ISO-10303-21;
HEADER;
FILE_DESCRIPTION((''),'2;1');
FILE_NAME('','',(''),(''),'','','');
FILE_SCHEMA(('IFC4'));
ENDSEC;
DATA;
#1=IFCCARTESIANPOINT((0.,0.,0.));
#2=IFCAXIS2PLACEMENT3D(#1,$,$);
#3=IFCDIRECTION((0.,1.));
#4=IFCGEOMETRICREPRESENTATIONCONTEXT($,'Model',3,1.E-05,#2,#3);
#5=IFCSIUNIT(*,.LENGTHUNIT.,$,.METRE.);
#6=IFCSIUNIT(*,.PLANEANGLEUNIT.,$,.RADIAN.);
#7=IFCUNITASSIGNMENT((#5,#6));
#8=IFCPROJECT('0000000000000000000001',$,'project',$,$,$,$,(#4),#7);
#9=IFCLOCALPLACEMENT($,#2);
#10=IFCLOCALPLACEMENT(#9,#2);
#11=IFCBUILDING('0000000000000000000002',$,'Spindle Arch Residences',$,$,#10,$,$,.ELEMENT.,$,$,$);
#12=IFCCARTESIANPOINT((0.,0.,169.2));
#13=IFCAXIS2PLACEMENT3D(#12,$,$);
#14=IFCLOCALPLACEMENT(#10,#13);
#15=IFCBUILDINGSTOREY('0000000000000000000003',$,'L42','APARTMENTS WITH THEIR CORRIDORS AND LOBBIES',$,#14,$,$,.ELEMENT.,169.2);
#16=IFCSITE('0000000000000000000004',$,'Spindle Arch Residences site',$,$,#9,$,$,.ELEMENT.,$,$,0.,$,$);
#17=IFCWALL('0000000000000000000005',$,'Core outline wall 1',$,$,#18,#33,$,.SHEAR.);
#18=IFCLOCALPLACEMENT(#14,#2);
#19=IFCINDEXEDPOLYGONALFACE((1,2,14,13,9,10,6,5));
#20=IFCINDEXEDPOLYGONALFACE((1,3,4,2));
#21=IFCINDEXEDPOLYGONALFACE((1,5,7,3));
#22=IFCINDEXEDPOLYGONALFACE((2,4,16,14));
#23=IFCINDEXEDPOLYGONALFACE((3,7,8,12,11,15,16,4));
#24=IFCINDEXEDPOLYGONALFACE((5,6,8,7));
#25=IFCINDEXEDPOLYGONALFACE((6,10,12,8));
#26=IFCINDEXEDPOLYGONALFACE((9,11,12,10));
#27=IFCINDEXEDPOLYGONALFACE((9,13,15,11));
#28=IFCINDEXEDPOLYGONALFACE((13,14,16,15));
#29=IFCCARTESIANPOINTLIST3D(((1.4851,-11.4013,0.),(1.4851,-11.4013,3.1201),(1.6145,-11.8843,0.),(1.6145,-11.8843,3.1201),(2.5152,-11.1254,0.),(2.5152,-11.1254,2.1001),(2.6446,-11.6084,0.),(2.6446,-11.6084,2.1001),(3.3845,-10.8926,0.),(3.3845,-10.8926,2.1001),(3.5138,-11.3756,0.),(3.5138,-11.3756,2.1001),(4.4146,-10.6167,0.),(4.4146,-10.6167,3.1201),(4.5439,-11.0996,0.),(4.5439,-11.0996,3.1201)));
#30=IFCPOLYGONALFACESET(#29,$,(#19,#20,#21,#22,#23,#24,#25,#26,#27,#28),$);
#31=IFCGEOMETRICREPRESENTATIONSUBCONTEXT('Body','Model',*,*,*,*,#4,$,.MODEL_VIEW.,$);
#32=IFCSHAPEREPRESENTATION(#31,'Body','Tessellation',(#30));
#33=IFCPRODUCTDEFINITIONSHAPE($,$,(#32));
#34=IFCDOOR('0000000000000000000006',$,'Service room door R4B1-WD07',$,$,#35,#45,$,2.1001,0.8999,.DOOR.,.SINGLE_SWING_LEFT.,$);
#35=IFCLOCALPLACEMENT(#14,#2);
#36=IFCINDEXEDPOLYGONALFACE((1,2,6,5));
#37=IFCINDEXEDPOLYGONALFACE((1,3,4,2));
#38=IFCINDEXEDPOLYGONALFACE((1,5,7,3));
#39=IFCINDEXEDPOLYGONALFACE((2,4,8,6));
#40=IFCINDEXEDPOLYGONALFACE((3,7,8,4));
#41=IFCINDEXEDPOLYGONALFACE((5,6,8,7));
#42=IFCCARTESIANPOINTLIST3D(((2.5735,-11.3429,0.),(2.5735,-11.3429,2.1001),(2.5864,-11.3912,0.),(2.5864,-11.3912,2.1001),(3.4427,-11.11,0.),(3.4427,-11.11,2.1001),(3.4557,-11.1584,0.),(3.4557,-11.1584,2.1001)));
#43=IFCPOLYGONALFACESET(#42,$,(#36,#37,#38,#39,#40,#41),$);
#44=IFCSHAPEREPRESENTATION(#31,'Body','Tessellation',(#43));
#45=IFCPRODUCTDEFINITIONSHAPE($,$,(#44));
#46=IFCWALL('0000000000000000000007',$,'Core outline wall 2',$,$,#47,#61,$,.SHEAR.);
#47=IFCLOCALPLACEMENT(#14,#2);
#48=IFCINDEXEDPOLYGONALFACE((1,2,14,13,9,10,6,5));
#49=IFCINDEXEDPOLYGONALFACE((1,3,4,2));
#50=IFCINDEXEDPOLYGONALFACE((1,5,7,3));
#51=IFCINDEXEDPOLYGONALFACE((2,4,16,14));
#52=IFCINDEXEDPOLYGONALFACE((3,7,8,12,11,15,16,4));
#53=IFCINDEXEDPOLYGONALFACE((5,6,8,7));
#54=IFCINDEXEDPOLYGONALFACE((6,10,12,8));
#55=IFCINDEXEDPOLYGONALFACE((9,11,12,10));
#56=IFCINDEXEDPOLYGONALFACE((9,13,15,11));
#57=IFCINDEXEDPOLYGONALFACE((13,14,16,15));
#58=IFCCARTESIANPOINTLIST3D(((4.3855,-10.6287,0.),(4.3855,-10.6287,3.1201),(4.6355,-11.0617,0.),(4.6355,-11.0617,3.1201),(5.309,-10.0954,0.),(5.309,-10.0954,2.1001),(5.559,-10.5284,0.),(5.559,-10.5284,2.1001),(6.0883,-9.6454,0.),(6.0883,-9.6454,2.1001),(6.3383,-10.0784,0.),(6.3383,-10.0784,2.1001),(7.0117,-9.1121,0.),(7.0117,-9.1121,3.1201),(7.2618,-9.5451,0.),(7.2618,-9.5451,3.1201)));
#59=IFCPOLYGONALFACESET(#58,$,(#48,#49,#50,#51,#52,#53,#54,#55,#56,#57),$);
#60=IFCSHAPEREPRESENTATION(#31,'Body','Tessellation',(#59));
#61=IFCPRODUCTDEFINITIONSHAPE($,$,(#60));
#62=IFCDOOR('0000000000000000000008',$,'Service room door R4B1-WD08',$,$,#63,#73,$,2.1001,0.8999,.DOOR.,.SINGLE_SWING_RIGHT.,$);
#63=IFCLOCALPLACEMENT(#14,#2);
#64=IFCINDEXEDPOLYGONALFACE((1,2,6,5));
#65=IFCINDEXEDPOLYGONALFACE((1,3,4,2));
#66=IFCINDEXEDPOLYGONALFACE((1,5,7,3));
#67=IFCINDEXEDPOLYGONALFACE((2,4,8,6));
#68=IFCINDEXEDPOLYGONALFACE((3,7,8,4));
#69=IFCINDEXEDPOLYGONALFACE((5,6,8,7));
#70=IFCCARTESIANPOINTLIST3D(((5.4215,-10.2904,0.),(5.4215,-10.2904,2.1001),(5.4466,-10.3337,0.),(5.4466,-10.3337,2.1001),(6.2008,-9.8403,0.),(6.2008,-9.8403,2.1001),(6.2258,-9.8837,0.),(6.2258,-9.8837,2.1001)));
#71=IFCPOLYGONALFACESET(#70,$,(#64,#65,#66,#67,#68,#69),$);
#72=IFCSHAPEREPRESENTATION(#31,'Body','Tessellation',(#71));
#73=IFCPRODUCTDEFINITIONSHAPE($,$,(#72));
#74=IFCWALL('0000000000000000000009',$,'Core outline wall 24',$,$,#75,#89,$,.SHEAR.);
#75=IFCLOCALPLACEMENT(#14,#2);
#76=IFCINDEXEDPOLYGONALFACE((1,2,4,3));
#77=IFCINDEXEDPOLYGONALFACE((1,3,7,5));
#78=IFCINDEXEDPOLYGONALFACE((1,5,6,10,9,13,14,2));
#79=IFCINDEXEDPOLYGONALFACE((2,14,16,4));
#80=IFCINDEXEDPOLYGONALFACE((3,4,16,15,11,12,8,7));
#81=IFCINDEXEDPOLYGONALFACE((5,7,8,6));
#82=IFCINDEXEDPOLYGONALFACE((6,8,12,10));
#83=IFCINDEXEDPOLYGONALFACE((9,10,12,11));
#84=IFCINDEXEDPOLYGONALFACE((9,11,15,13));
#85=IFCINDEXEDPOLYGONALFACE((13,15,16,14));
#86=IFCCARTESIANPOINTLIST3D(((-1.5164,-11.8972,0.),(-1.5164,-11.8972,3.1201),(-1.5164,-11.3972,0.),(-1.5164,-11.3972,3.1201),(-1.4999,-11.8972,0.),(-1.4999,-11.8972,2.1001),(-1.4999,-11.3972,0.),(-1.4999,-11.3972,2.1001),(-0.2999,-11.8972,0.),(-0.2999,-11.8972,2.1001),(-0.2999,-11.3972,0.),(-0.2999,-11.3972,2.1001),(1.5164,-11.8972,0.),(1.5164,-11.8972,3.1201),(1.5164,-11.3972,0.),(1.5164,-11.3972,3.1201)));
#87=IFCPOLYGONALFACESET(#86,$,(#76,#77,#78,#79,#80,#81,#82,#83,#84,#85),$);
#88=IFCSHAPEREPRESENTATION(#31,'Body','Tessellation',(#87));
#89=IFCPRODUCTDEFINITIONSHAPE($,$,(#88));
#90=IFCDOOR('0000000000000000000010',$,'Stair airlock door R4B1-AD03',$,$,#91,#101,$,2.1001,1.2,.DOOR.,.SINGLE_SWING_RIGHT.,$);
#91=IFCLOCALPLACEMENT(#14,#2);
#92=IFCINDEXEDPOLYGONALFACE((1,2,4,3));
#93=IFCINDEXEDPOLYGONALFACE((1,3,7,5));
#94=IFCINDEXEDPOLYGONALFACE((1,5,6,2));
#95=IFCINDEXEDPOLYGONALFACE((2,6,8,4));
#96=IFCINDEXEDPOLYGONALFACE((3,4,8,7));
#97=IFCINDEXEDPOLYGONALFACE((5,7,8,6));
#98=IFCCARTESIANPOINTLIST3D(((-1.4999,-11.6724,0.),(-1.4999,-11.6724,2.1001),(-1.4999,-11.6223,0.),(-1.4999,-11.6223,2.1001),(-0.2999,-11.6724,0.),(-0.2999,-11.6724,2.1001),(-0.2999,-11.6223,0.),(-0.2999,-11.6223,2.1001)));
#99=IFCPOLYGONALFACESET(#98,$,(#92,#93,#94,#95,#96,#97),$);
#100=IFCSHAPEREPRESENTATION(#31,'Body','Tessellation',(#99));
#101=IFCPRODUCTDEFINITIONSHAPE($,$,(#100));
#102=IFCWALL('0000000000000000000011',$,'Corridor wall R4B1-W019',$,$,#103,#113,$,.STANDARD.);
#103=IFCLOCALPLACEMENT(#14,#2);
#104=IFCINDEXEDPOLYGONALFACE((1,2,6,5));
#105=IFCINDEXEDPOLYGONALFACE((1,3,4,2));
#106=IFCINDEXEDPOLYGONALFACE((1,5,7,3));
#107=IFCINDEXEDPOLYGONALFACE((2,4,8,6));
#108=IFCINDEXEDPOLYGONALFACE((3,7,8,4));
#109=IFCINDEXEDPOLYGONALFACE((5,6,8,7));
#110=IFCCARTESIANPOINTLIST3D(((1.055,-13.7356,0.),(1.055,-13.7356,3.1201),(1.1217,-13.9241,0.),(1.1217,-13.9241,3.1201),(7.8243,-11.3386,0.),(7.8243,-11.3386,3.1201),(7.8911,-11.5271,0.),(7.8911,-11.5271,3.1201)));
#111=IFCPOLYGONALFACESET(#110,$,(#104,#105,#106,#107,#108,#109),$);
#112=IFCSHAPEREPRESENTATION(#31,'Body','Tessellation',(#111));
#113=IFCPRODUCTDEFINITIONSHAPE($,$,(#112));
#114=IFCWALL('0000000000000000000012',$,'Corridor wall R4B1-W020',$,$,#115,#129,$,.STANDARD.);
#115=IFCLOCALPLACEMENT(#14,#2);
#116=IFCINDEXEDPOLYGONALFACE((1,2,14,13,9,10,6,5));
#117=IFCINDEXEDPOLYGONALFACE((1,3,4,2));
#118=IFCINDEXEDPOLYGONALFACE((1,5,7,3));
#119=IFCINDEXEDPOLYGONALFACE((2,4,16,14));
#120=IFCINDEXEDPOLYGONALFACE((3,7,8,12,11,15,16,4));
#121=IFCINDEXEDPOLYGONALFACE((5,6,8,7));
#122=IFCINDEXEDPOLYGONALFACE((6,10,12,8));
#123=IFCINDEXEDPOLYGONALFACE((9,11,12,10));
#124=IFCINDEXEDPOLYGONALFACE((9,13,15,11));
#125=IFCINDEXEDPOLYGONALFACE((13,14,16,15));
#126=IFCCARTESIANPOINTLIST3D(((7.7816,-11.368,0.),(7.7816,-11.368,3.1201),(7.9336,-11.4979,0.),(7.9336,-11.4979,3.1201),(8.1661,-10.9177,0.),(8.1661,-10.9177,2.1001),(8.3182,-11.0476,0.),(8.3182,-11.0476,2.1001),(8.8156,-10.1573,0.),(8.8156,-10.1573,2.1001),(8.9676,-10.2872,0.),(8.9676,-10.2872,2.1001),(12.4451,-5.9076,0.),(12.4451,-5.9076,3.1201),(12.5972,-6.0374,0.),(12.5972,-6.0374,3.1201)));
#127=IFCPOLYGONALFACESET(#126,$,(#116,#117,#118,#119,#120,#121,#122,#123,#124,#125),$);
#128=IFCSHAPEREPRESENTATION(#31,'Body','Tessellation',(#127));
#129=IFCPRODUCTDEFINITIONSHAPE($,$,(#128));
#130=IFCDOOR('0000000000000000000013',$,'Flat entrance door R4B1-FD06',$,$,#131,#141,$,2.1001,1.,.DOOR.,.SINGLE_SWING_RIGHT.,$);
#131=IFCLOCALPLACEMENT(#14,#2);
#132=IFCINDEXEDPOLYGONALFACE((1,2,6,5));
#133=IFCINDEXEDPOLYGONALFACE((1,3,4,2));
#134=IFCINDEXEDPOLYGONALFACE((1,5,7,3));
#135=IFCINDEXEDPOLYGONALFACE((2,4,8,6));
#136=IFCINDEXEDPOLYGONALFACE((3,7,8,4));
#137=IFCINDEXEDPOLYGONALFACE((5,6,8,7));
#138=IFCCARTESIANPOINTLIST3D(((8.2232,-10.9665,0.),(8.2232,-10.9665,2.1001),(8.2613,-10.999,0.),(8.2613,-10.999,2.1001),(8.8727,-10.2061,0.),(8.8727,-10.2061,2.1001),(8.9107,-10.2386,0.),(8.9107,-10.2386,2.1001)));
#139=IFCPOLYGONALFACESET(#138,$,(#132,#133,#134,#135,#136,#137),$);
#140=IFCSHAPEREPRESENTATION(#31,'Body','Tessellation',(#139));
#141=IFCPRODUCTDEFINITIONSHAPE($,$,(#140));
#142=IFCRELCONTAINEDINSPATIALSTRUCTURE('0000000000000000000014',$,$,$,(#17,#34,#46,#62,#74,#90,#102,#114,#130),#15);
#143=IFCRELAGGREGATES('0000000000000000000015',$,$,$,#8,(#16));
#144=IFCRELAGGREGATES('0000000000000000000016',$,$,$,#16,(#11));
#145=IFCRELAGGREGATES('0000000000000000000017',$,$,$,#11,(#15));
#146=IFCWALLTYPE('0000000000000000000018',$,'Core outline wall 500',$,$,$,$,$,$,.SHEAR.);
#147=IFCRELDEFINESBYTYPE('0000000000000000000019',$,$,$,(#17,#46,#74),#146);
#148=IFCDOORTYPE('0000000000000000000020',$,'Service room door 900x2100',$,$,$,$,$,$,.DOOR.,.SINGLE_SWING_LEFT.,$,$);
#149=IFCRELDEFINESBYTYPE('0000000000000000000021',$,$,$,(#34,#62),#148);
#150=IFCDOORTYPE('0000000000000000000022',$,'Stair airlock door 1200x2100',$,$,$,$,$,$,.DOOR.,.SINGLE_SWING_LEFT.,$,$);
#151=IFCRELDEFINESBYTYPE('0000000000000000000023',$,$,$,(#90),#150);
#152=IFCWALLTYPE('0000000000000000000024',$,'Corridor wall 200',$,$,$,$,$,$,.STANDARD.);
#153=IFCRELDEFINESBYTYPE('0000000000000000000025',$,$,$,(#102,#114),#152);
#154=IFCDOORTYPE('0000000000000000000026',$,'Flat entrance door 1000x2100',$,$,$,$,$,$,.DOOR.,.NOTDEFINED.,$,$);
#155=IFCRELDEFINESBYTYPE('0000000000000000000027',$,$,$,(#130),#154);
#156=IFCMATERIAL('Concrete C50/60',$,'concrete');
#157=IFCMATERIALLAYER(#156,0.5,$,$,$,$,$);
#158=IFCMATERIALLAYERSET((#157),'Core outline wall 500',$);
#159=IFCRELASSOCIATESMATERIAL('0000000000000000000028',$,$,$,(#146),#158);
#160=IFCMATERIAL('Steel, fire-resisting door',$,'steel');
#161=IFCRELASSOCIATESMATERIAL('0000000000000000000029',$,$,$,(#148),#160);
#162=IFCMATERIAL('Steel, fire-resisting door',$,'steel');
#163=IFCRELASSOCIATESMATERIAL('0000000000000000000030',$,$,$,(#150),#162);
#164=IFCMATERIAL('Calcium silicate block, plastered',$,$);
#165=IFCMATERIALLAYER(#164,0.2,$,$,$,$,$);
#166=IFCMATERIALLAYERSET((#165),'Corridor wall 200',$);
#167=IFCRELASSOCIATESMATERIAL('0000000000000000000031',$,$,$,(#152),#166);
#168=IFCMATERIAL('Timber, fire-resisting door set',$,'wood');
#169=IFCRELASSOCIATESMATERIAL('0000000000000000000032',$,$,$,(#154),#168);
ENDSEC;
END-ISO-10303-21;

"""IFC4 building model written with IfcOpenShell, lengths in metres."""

from ifc_helpers import new_model, si_unit, direction, frame, frame_2d, origin, place, context, subcontext, project, spatial, rectangle, extrude, material, layer, layer_set, type_object, element, fill, save


model = new_model("IFC4")

# Units and contexts
model_context = context("Model", 3, precision=1e-05, world=origin(), true_north=direction((0.0, 1.0)))
body_context = subcontext(model_context, "Body", "Model", "MODEL_VIEW")
ifc_project = project(units=[si_unit("LENGTHUNIT", "METRE"), si_unit("PLANEANGLEUNIT", "RADIAN")], contexts=[model_context])

# Site, building, storey
site_placement = place(None, origin())
site = spatial("IfcSite", under=ifc_project, at=site_placement, Name="Spindle Arch Residences site", CompositionType="ELEMENT", RefElevation=0.0)
building_placement = place(site_placement, origin())
building = spatial("IfcBuilding", under=site, at=building_placement, Name="Spindle Arch Residences", CompositionType="ELEMENT")
storey_placement = place(building_placement, frame((0.0, 0.0, 169.2)))
storey = spatial("IfcBuildingStorey", under=building, at=storey_placement, Name="L42", Description="APARTMENTS WITH THEIR CORRIDORS AND LOBBIES", CompositionType="ELEMENT", Elevation=169.2)

# Walls, openings, doors
ifc_material_1 = material(Name="Concrete C50/60", Category="concrete")
ifc_layer_1 = layer(ifc_material_1, 0.5)
ifc_layer_set_1 = layer_set([ifc_layer_1], Name="Core outline wall 500")
wall_type_1 = type_object("IfcWallType", Name="Core outline wall 500", PredefinedType="SHEAR", material=ifc_layer_set_1)
wall_1_placement = place(storey_placement, frame((1.5498, -11.6428, 0.0), z_axis=(0.0, 0.0, 1.0), x_axis=(0.965948, 0.258735, 0.0)))
wall_1 = element("IfcWall", 1, at=wall_1_placement, inside=storey, type_object=wall_type_1, Name="Core outline wall 1", PredefinedType="SHEAR", context=body_context, shape_type="SweptSolid", body=[
    extrude(rectangle(XDim=3.0327, YDim=0.5, at=frame_2d((1.5164, 0.0))), origin(), (0.0, 0.0, 1.0), 3.1201),
])
opening_1_placement = place(wall_1_placement, frame((1.0664, 0.0, 0.0)))
opening_1 = element("IfcOpeningElement", 2, at=opening_1_placement, cuts=wall_1, PredefinedType="OPENING", context=body_context, shape_type="SweptSolid", body=[
    extrude(rectangle(XDim=0.8999, YDim=2.1001, at=frame_2d((0.45, 1.05))), frame((0.0, 0.26, 0.0), z_axis=(0.0, -1.0, 0.0), x_axis=(1.0, 0.0, 0.0)), (0.0, 0.0, 1.0), 0.52),
])
ifc_material_2 = material(Name="Steel, fire-resisting door", Category="steel")
door_type_1 = type_object("IfcDoorType", Name="Service room door 900x2100", OperationType="SINGLE_SWING_LEFT", PredefinedType="DOOR", material=ifc_material_2)
door_1_placement = place(opening_1_placement, origin())
door_1 = element("IfcDoor", 3, at=door_1_placement, inside=storey, type_object=door_type_1, Name="Service room door R4B1-WD07", OperationType="SINGLE_SWING_LEFT", OverallHeight=2.1001, OverallWidth=0.8999, PredefinedType="DOOR", context=body_context, shape_type="SweptSolid", body=[
    extrude(rectangle(XDim=0.8999, YDim=2.1001, at=frame_2d((0.45, 1.05))), frame((0.0, 0.0249, 0.0), z_axis=(0.0, -1.0, 0.0), x_axis=(1.0, 0.0, 0.0)), (0.0, 0.0, 1.0), 0.05),
])
fill(opening_1, door_1)
wall_2_placement = place(storey_placement, frame((4.5105, -10.8452, 0.0), z_axis=(0.0, 0.0, 1.0), x_axis=(0.865975, 0.500087, 0.0)))
wall_2 = element("IfcWall", 4, at=wall_2_placement, inside=storey, type_object=wall_type_1, Name="Core outline wall 2", PredefinedType="SHEAR", context=body_context, shape_type="SweptSolid", body=[
    extrude(rectangle(XDim=3.0327, YDim=0.5, at=frame_2d((1.5164, 0.0))), origin(), (0.0, 0.0, 1.0), 3.1201),
])
opening_2_placement = place(wall_2_placement, frame((1.0664, 0.0, 0.0)))
opening_2 = element("IfcOpeningElement", 5, at=opening_2_placement, cuts=wall_2, PredefinedType="OPENING", context=body_context, shape_type="SweptSolid", body=[
    extrude(rectangle(XDim=0.8999, YDim=2.1001, at=frame_2d((0.45, 1.05))), frame((0.0, 0.26, 0.0), z_axis=(0.0, -1.0, 0.0), x_axis=(1.0, 0.0, 0.0)), (0.0, 0.0, 1.0), 0.52),
])
door_2_placement = place(opening_2_placement, origin())
door_2 = element("IfcDoor", 6, at=door_2_placement, inside=storey, type_object=door_type_1, Name="Service room door R4B1-WD08", OperationType="SINGLE_SWING_RIGHT", OverallHeight=2.1001, OverallWidth=0.8999, PredefinedType="DOOR", context=body_context, shape_type="SweptSolid", body=[
    extrude(rectangle(XDim=0.8999, YDim=2.1001, at=frame_2d((0.45, 1.05))), frame((0.0, 0.0249, 0.0), z_axis=(0.0, -1.0, 0.0), x_axis=(1.0, 0.0, 0.0)), (0.0, 0.0, 1.0), 0.05),
])
fill(opening_2, door_2)
wall_3_placement = place(storey_placement, frame((-1.5164, -11.6472, 0.0), z_axis=(0.0, 0.0, 1.0), x_axis=(1.0, 0.0, 0.0)))
wall_3 = element("IfcWall", 7, at=wall_3_placement, inside=storey, type_object=wall_type_1, Name="Core outline wall 24", PredefinedType="SHEAR", context=body_context, shape_type="SweptSolid", body=[
    extrude(rectangle(XDim=3.0327, YDim=0.5, at=frame_2d((1.5164, 0.0))), origin(), (0.0, 0.0, 1.0), 3.1201),
])
opening_3_placement = place(wall_3_placement, frame((0.0164, 0.0, 0.0)))
opening_3 = element("IfcOpeningElement", 8, at=opening_3_placement, cuts=wall_3, PredefinedType="OPENING", context=body_context, shape_type="SweptSolid", body=[
    extrude(rectangle(XDim=1.2, YDim=2.1001, at=frame_2d((0.6001, 1.05))), frame((0.0, 0.26, 0.0), z_axis=(0.0, -1.0, 0.0), x_axis=(1.0, 0.0, 0.0)), (0.0, 0.0, 1.0), 0.52),
])
ifc_material_3 = material(Name="Steel, fire-resisting door", Category="steel")
door_type_2 = type_object("IfcDoorType", Name="Stair airlock door 1200x2100", OperationType="SINGLE_SWING_LEFT", PredefinedType="DOOR", material=ifc_material_3)
door_3_placement = place(opening_3_placement, origin())
door_3 = element("IfcDoor", 9, at=door_3_placement, inside=storey, type_object=door_type_2, Name="Stair airlock door R4B1-AD03", OperationType="SINGLE_SWING_RIGHT", OverallHeight=2.1001, OverallWidth=1.2, PredefinedType="DOOR", context=body_context, shape_type="SweptSolid", body=[
    extrude(rectangle(XDim=1.2, YDim=2.1001, at=frame_2d((0.6001, 1.05))), frame((0.0, 0.0249, 0.0), z_axis=(0.0, -1.0, 0.0), x_axis=(1.0, 0.0, 0.0)), (0.0, 0.0, 1.0), 0.05),
])
fill(opening_3, door_3)

# Wall
ifc_material_4 = material(Name="Calcium silicate block, plastered")
ifc_layer_2 = layer(ifc_material_4, 0.2)
ifc_layer_set_2 = layer_set([ifc_layer_2], Name="Corridor wall 200")
wall_type_2 = type_object("IfcWallType", Name="Corridor wall 200", PredefinedType="STANDARD", material=ifc_layer_set_2)
wall_4_placement = place(storey_placement, frame((1.0884, -13.8298, 0.0), z_axis=(0.0, 0.0, 1.0), x_axis=(0.942648, 0.333787, 0.0)))
element("IfcWall", 10, at=wall_4_placement, inside=storey, type_object=wall_type_2, Name="Corridor wall R4B1-W019", PredefinedType="STANDARD", context=body_context, shape_type="SweptSolid", body=[
    extrude(rectangle(XDim=7.1812, YDim=0.2, at=frame_2d((3.5906, 0.0))), origin(), (0.0, 0.0, 1.0), 3.1201),
])

# Wall, opening, door
wall_5_placement = place(storey_placement, frame((7.8577, -11.4329, 0.0), z_axis=(0.0, 0.0, 1.0), x_axis=(0.649441, 0.760412, 0.0)))
wall_5 = element("IfcWall", 11, at=wall_5_placement, inside=storey, type_object=wall_type_2, Name="Corridor wall R4B1-W020", PredefinedType="STANDARD", context=body_context, shape_type="SweptSolid", body=[
    extrude(rectangle(XDim=7.1809, YDim=0.2, at=frame_2d((3.5903, 0.0))), origin(), (0.0, 0.0, 1.0), 3.1201),
])
opening_4_placement = place(wall_5_placement, frame((0.592, 0.0, 0.0)))
opening_4 = element("IfcOpeningElement", 12, at=opening_4_placement, cuts=wall_5, PredefinedType="OPENING", context=body_context, shape_type="SweptSolid", body=[
    extrude(rectangle(XDim=1.0, YDim=2.1001, at=frame_2d((0.5, 1.05))), frame((0.0, 0.1099, 0.0), z_axis=(0.0, -1.0, 0.0), x_axis=(1.0, 0.0, 0.0)), (0.0, 0.0, 1.0), 0.22),
])
ifc_material_5 = material(Name="Timber, fire-resisting door set", Category="wood")
door_type_3 = type_object("IfcDoorType", Name="Flat entrance door 1000x2100", OperationType="NOTDEFINED", PredefinedType="DOOR", material=ifc_material_5)
door_4_placement = place(opening_4_placement, origin())
door_4 = element("IfcDoor", 13, at=door_4_placement, inside=storey, type_object=door_type_3, Name="Flat entrance door R4B1-FD06", OperationType="SINGLE_SWING_RIGHT", OverallHeight=2.1001, OverallWidth=1.0, PredefinedType="DOOR", context=body_context, shape_type="SweptSolid", body=[
    extrude(rectangle(XDim=1.0, YDim=2.1001, at=frame_2d((0.5, 1.05))), frame((0.0, 0.0249, 0.0), z_axis=(0.0, -1.0, 0.0), x_axis=(1.0, 0.0, 0.0)), (0.0, 0.0, 1.0), 0.05),
])
fill(opening_4, door_4)

save(model, "model.ifc")
